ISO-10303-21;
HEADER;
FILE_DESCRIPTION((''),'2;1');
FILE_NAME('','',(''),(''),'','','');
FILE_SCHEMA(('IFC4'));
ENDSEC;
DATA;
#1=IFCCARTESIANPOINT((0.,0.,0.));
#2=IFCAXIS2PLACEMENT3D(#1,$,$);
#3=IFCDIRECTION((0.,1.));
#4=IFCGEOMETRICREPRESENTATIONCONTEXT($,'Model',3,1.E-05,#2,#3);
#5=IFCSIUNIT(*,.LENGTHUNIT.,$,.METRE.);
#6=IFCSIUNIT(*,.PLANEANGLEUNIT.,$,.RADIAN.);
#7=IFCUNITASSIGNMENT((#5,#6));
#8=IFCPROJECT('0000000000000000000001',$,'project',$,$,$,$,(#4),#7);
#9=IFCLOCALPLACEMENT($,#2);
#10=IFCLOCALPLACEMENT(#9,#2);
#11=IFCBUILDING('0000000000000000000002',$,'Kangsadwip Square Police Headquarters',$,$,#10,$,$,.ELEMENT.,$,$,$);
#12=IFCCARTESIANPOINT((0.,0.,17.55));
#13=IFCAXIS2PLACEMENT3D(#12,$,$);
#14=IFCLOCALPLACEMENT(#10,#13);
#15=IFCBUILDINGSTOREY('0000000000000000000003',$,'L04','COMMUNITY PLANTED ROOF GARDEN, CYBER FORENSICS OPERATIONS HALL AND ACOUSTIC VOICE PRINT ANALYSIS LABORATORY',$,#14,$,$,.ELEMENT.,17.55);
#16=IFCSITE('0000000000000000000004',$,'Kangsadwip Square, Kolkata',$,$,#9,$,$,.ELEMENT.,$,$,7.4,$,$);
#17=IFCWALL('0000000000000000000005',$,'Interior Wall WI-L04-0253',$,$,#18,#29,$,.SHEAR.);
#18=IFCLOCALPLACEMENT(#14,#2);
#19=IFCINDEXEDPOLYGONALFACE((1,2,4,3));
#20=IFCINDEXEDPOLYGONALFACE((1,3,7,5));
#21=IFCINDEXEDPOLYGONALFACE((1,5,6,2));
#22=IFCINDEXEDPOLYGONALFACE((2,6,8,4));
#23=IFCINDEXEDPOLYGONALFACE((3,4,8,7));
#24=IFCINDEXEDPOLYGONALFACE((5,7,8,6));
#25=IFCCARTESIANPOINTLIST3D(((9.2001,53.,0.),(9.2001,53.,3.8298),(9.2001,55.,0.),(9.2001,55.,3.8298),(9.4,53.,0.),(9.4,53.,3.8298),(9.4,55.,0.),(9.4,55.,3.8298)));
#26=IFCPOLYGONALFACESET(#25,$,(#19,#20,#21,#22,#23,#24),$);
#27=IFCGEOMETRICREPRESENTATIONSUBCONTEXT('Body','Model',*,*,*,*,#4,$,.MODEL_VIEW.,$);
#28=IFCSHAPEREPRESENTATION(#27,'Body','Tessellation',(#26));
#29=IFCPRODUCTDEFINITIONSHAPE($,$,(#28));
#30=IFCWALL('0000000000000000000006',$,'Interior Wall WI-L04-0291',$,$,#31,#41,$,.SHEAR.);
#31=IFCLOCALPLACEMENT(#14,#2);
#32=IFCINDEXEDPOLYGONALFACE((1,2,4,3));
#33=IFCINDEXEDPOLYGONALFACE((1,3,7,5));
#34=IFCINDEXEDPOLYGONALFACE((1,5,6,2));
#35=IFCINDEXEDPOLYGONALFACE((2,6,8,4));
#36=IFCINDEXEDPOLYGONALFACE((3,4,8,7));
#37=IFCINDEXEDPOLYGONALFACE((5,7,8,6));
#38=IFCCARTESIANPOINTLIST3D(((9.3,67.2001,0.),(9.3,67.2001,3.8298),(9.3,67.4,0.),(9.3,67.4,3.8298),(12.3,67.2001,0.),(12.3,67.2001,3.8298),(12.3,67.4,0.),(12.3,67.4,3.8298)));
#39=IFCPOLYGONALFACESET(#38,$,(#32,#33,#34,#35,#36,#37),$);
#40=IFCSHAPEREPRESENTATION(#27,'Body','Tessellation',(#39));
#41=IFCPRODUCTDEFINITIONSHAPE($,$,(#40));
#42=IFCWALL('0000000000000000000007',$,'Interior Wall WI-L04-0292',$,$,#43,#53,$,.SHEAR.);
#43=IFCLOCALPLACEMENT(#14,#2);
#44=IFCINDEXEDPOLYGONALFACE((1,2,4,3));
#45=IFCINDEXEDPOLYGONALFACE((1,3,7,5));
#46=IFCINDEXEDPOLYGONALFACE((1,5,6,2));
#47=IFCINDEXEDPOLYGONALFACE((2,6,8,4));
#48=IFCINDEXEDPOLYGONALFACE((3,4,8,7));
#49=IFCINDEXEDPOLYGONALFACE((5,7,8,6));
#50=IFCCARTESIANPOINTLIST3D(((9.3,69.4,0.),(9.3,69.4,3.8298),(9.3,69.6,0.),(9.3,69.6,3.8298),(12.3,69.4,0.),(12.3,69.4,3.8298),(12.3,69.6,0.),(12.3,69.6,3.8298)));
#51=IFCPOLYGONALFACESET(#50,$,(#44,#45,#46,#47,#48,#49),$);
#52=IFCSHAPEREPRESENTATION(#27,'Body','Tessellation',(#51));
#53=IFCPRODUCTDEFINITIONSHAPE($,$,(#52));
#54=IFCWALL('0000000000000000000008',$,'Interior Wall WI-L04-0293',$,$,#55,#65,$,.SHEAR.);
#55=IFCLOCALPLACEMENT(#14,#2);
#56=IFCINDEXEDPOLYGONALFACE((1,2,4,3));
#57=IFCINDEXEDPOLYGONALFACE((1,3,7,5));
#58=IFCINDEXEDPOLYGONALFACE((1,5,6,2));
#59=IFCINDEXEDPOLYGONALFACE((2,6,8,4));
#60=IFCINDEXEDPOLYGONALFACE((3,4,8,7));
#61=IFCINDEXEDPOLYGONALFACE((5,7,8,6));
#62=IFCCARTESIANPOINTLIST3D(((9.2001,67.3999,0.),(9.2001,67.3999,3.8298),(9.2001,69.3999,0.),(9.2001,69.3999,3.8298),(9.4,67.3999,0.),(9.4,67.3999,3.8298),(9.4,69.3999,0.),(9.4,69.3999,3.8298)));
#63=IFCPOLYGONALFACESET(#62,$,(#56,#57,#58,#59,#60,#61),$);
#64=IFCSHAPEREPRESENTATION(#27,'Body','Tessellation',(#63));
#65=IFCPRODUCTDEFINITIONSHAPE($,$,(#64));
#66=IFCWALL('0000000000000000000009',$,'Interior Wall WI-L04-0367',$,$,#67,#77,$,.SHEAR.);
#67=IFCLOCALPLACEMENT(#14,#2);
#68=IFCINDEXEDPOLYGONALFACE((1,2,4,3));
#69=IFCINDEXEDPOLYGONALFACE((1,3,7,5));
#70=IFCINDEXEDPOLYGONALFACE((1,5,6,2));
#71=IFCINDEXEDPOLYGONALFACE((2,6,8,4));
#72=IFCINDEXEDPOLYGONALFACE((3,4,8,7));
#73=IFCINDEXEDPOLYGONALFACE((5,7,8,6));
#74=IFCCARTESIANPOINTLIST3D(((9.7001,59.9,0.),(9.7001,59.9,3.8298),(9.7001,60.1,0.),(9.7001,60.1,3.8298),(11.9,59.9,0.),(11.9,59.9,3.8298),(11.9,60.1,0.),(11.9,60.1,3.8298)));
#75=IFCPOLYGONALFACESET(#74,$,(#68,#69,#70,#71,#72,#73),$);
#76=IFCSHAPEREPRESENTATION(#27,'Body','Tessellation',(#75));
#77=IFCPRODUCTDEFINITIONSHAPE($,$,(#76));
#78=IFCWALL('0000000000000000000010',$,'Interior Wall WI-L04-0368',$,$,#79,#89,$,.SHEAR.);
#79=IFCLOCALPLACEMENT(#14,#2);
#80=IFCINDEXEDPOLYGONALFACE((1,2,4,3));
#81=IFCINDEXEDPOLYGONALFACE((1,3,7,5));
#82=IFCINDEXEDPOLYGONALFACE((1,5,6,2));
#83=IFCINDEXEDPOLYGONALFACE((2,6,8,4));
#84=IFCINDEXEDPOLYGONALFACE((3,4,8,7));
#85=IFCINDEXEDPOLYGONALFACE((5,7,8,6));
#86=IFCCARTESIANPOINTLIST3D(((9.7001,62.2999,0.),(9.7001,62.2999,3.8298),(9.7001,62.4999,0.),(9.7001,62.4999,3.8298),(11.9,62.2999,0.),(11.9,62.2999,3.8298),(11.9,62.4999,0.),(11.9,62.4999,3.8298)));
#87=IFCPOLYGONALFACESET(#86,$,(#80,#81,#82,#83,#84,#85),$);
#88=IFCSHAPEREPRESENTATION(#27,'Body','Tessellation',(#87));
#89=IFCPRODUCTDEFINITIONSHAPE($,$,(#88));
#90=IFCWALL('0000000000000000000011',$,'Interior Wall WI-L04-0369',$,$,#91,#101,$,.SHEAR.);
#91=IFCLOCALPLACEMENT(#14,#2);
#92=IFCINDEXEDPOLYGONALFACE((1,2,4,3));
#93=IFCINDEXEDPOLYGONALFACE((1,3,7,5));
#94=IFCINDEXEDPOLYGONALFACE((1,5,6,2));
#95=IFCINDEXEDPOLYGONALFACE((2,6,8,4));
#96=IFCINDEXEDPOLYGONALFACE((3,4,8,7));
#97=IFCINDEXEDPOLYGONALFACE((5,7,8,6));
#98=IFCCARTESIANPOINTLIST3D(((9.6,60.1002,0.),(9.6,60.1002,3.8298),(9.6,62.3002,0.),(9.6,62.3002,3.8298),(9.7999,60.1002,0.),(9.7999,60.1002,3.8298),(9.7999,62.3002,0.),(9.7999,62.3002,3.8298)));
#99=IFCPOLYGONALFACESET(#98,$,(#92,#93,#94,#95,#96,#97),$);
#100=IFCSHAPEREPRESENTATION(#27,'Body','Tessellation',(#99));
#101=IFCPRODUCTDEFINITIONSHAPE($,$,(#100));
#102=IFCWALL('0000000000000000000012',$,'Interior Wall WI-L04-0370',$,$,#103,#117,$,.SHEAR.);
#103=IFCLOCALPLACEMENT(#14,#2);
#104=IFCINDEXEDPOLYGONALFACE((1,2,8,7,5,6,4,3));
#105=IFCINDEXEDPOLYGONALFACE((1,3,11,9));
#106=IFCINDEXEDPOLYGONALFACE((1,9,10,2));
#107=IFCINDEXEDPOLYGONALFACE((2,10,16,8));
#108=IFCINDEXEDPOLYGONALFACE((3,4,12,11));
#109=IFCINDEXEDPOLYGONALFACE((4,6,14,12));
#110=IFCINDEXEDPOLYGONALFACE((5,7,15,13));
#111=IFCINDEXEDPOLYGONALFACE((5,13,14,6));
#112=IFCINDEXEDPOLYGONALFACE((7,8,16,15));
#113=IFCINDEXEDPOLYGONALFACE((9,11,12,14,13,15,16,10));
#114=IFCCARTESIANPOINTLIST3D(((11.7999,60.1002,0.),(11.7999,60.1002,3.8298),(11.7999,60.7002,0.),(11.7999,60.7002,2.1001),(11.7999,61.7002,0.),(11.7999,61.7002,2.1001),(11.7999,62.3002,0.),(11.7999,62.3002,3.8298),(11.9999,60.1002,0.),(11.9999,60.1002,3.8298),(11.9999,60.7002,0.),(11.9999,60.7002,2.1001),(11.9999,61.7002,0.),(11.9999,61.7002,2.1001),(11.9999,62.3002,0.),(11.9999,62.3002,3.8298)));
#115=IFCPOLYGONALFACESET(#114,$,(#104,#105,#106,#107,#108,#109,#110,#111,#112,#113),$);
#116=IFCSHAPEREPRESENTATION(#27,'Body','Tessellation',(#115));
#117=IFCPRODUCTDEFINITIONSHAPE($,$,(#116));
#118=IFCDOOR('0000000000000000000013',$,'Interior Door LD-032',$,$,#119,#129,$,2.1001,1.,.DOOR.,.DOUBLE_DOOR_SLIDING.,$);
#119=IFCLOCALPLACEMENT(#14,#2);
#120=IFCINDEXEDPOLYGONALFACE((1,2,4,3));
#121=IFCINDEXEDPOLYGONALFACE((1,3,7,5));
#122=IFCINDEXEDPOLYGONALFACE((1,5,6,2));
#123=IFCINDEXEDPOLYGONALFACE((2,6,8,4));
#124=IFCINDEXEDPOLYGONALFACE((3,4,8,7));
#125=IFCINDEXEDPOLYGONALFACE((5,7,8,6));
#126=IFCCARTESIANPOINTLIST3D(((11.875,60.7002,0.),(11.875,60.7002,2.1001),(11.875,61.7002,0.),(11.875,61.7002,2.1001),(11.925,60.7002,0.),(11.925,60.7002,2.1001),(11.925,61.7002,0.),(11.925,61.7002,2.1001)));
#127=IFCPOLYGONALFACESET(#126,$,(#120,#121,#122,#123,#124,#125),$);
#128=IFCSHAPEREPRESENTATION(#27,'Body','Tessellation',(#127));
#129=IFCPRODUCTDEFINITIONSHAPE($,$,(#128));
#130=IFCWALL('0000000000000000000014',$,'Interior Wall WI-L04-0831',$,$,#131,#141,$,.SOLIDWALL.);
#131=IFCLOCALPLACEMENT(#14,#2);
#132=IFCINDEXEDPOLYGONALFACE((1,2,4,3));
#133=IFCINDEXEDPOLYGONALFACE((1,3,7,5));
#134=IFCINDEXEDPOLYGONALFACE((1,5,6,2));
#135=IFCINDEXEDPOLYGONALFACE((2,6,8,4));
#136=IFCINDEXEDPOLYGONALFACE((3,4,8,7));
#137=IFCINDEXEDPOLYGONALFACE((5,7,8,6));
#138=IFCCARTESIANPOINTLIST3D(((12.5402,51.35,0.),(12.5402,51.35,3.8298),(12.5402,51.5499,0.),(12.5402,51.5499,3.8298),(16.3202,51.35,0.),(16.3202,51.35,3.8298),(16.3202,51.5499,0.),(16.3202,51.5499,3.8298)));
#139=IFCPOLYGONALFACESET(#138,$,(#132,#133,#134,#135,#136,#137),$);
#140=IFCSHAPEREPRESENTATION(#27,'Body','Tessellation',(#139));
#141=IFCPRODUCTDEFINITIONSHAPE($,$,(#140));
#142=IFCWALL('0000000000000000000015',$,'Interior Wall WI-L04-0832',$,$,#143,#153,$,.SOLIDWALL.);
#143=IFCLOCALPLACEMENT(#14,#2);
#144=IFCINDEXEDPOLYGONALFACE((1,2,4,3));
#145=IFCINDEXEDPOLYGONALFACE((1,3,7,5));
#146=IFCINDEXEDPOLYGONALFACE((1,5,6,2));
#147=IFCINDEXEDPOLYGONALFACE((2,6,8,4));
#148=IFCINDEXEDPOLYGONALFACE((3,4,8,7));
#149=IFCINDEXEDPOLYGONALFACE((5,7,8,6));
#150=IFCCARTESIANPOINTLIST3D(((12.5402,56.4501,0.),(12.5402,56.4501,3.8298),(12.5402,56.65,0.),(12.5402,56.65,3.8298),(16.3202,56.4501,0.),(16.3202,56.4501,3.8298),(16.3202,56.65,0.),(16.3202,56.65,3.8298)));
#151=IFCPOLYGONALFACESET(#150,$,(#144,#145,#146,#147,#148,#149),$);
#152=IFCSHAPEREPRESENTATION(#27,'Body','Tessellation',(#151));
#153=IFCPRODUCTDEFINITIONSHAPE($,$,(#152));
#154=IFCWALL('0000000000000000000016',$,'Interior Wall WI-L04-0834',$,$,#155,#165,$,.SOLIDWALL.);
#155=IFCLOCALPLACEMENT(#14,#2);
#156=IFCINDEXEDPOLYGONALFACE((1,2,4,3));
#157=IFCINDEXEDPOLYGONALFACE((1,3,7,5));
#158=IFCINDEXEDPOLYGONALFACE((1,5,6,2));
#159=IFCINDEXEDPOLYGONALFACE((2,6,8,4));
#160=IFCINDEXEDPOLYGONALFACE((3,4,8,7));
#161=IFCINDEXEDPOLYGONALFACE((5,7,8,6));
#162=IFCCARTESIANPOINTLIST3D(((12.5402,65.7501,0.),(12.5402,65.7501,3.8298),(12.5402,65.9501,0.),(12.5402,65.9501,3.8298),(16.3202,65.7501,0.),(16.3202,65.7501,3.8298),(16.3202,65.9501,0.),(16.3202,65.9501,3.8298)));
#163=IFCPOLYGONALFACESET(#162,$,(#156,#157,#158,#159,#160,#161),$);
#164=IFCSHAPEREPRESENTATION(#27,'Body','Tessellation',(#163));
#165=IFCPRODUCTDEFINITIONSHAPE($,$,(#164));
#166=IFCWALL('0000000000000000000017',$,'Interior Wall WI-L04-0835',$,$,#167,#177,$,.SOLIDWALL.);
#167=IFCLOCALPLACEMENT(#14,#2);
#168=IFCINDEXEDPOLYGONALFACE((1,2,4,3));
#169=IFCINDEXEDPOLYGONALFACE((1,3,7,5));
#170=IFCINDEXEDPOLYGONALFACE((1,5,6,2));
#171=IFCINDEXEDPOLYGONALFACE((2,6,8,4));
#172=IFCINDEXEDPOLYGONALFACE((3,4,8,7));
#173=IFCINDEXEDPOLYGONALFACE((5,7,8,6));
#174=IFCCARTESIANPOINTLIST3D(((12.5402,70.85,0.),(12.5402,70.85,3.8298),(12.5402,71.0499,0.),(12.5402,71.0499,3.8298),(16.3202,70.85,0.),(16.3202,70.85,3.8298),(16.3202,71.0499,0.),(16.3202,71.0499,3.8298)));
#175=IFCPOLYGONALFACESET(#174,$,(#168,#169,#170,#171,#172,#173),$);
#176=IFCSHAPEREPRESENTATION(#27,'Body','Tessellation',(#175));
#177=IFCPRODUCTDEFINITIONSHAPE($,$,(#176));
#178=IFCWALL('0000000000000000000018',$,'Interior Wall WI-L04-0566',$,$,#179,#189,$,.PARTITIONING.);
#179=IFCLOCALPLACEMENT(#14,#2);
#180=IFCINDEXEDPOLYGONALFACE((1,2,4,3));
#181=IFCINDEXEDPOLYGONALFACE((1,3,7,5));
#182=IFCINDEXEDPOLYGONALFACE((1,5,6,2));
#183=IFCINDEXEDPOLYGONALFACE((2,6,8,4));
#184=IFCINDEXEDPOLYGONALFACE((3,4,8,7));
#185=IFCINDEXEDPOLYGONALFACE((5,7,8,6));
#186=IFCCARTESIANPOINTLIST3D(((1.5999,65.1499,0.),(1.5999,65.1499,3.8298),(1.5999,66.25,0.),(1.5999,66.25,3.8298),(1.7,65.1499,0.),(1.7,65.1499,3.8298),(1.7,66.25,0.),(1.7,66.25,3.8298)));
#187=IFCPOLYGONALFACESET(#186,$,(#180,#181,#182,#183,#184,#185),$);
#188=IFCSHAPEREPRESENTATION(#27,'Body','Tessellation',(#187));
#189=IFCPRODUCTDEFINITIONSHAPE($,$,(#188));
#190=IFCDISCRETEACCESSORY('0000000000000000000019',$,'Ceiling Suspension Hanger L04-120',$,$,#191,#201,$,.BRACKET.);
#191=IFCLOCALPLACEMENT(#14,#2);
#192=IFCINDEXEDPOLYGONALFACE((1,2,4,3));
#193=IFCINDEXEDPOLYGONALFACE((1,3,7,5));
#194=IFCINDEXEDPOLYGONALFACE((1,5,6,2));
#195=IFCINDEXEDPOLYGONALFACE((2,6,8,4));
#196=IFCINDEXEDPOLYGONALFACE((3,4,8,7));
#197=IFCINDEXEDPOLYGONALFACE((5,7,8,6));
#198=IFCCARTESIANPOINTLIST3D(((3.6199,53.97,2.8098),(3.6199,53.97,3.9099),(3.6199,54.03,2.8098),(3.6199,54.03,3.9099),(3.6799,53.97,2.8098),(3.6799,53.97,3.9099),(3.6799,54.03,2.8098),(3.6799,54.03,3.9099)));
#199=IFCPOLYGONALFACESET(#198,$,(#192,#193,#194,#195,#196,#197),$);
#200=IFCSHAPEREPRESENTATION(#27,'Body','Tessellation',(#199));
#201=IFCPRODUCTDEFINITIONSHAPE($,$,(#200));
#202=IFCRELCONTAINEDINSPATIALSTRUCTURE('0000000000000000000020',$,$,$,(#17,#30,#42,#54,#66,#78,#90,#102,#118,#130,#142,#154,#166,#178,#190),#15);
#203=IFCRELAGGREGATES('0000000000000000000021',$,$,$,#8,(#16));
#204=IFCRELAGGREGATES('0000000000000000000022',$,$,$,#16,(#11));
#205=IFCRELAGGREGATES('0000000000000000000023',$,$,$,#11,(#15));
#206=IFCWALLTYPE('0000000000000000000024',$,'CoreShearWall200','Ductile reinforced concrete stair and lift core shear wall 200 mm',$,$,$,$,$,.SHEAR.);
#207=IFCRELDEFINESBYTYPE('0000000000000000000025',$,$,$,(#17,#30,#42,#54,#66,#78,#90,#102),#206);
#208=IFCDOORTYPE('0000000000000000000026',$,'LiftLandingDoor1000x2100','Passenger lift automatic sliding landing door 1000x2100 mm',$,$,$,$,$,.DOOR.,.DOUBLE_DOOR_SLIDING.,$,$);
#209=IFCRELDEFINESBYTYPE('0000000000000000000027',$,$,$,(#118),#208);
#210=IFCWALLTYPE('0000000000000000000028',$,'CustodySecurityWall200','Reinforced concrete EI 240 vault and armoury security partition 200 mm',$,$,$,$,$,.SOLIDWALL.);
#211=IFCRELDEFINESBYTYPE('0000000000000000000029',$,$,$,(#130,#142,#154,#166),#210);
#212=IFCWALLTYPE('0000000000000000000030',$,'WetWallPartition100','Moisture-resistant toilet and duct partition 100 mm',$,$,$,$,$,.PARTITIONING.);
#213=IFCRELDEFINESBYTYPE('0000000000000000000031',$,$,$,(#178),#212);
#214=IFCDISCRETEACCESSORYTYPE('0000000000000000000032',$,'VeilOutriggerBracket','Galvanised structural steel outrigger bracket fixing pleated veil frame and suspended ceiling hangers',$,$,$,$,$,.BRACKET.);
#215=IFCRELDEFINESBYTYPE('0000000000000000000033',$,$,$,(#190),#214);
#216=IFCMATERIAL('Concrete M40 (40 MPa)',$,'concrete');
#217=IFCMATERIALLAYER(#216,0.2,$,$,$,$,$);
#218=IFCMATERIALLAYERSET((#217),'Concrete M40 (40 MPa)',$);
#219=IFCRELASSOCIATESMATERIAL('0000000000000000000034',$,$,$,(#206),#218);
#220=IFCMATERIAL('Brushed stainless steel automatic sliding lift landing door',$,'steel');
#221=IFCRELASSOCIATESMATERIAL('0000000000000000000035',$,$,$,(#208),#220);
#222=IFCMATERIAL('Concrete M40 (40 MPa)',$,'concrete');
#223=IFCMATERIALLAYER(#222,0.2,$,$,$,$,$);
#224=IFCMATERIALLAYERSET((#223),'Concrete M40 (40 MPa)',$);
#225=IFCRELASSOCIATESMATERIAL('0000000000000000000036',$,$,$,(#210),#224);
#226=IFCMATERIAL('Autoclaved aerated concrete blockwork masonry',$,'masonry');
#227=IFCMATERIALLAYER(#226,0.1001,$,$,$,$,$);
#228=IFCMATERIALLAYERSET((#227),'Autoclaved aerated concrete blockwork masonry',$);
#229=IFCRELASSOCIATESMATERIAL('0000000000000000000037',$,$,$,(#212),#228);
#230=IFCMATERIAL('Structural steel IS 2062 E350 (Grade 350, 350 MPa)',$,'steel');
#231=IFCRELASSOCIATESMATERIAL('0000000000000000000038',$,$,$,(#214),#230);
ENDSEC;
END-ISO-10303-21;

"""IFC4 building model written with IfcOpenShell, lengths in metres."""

from ifc_helpers import new_model, si_unit, direction, frame, frame_2d, origin, origin_2d, place, context, subcontext, project, spatial, rectangle, extrude, material, layer, layer_set, type_object, element, fill, save


model = new_model("IFC4")

# Units and contexts
model_context = context("Model", 3, precision=1e-05, world=origin(), true_north=direction((0.0, 1.0)))
body_context = subcontext(model_context, "Body", "Model", "MODEL_VIEW")
ifc_project = project(units=[si_unit("LENGTHUNIT", "METRE"), si_unit("PLANEANGLEUNIT", "RADIAN")], contexts=[model_context])

# Site, building, storey
site_placement = place(None, origin())
site = spatial("IfcSite", under=ifc_project, at=site_placement, Name="Kangsadwip Square, Kolkata", CompositionType="ELEMENT", RefElevation=7.4)
building_placement = place(site_placement, origin())
building = spatial("IfcBuilding", under=site, at=building_placement, Name="Kangsadwip Square Police Headquarters", CompositionType="ELEMENT")
storey_placement = place(building_placement, frame((0.0, 0.0, 17.55)))
storey = spatial("IfcBuildingStorey", under=building, at=storey_placement, Name="L04", Description="COMMUNITY PLANTED ROOF GARDEN, CYBER FORENSICS OPERATIONS HALL AND ACOUSTIC VOICE PRINT ANALYSIS LABORATORY", CompositionType="ELEMENT", Elevation=17.55)

# Shared definitions
ifc_material_1 = material(Name="Concrete M40 (40 MPa)", Category="concrete")
ifc_layer_1 = layer(ifc_material_1, 0.2)
ifc_layer_set_1 = layer_set([ifc_layer_1], Name="Concrete M40 (40 MPa)")
wall_type_1 = type_object("IfcWallType", Name="CoreShearWall200", Description="Ductile reinforced concrete stair and lift core shear wall 200 mm", PredefinedType="SHEAR", material=ifc_layer_set_1)

# Wall
wall_1_placement = place(storey_placement, frame((9.3, 53.0, 0.0), z_axis=(0.0, 0.0, 1.0), x_axis=(0.0, 1.0, 0.0)))
element("IfcWall", 1, at=wall_1_placement, inside=storey, type_object=wall_type_1, Name="Interior Wall WI-L04-0253", PredefinedType="SHEAR", context=body_context, shape_type="SweptSolid", body=[
    extrude(rectangle(XDim=2.0, YDim=0.2, at=frame_2d((1.0, 0.0))), origin(), (0.0, 0.0, 1.0), 3.8298),
])

# Walls
for number, where, z_axis, x_axis, name in (
    (2, (9.3, 67.3, 0.0), (0.0, 0.0, 1.0), (1.0, 0.0, 0.0), "Interior Wall WI-L04-0291"),
    (3, (9.3, 69.5, 0.0), (0.0, 0.0, 1.0), (1.0, 0.0, 0.0), "Interior Wall WI-L04-0292"),
):
    element("IfcWall", number, at=place(storey_placement, frame(where, z_axis=z_axis, x_axis=x_axis)), inside=storey, type_object=wall_type_1, Name=name, PredefinedType="SHEAR", context=body_context, shape_type="SweptSolid", body=[
        extrude(rectangle(XDim=3.0, YDim=0.2, at=frame_2d((1.5, 0.0))), origin(), (0.0, 0.0, 1.0), 3.8298),
    ])
wall_2_placement = place(storey_placement, frame((9.3, 67.3999, 0.0), z_axis=(0.0, 0.0, 1.0), x_axis=(0.0, 1.0, 0.0)))
element("IfcWall", 4, at=wall_2_placement, inside=storey, type_object=wall_type_1, Name="Interior Wall WI-L04-0293", PredefinedType="SHEAR", context=body_context, shape_type="SweptSolid", body=[
    extrude(rectangle(XDim=2.0, YDim=0.2, at=frame_2d((1.0, 0.0))), origin(), (0.0, 0.0, 1.0), 3.8298),
])

# Walls
for number, where, z_axis, x_axis, name in (
    (5, (9.7, 60.0, 0.0), (0.0, 0.0, 1.0), (1.0, 0.0, 0.0), "Interior Wall WI-L04-0367"),
    (6, (9.7, 62.3999, 0.0), (0.0, 0.0, 1.0), (1.0, 0.0, 0.0), "Interior Wall WI-L04-0368"),
    (7, (9.7, 60.1001, 0.0), (0.0, 0.0, 1.0), (0.0, 1.0, 0.0), "Interior Wall WI-L04-0369"),
):
    element("IfcWall", number, at=place(storey_placement, frame(where, z_axis=z_axis, x_axis=x_axis)), inside=storey, type_object=wall_type_1, Name=name, PredefinedType="SHEAR", context=body_context, shape_type="SweptSolid", body=[
        extrude(rectangle(XDim=2.2, YDim=0.2, at=frame_2d((1.1001, 0.0))), origin(), (0.0, 0.0, 1.0), 3.8298),
    ])

# Wall, opening, door
wall_3_placement = place(storey_placement, frame((11.8999, 60.1001, 0.0), z_axis=(0.0, 0.0, 1.0), x_axis=(0.0, 1.0, 0.0)))
wall_3 = element("IfcWall", 8, at=wall_3_placement, inside=storey, type_object=wall_type_1, Name="Interior Wall WI-L04-0370", PredefinedType="SHEAR", context=body_context, shape_type="SweptSolid", body=[
    extrude(rectangle(XDim=2.2, YDim=0.2, at=frame_2d((1.1001, 0.0))), origin(), (0.0, 0.0, 1.0), 3.8298),
])
opening_1_placement = place(wall_3_placement, frame((0.6001, 0.0, 0.0)))
opening_1 = element("IfcOpeningElement", 9, at=opening_1_placement, cuts=wall_3, PredefinedType="OPENING", context=body_context, shape_type="SweptSolid", body=[
    extrude(rectangle(XDim=1.0, YDim=2.1001, at=frame_2d((0.5, 1.05))), frame((0.0, 0.1099, 0.0), z_axis=(0.0, -1.0, 0.0), x_axis=(1.0, 0.0, 0.0)), (0.0, 0.0, 1.0), 0.22),
])
ifc_material_2 = material(Name="Brushed stainless steel automatic sliding lift landing door", Category="steel")
door_type_1 = type_object("IfcDoorType", Name="LiftLandingDoor1000x2100", Description="Passenger lift automatic sliding landing door 1000x2100 mm", OperationType="DOUBLE_DOOR_SLIDING", PredefinedType="DOOR", material=ifc_material_2)
door_1_placement = place(opening_1_placement, origin())
door_1 = element("IfcDoor", 10, at=door_1_placement, inside=storey, type_object=door_type_1, Name="Interior Door LD-032", OperationType="DOUBLE_DOOR_SLIDING", OverallHeight=2.1001, OverallWidth=1.0, PredefinedType="DOOR", context=body_context, shape_type="SweptSolid", body=[
    extrude(rectangle(XDim=1.0, YDim=2.1001, at=frame_2d((0.5, 1.05))), frame((0.0, 0.0249, 0.0), z_axis=(0.0, -1.0, 0.0), x_axis=(1.0, 0.0, 0.0)), (0.0, 0.0, 1.0), 0.05),
])
fill(opening_1, door_1)

# Walls
ifc_material_3 = material(Name="Concrete M40 (40 MPa)", Category="concrete")
ifc_layer_2 = layer(ifc_material_3, 0.2)
ifc_layer_set_2 = layer_set([ifc_layer_2], Name="Concrete M40 (40 MPa)")
wall_type_2 = type_object("IfcWallType", Name="CustodySecurityWall200", Description="Reinforced concrete EI 240 vault and armoury security partition 200 mm", PredefinedType="SOLIDWALL", material=ifc_layer_set_2)
for number, where, z_axis, x_axis, name in (
    (11, (12.54, 51.45, 0.0), (0.0, 0.0, 1.0), (1.0, 0.0, 0.0), "Interior Wall WI-L04-0831"),
    (12, (12.54, 56.55, 0.0), (0.0, 0.0, 1.0), (1.0, 0.0, 0.0), "Interior Wall WI-L04-0832"),
    (13, (12.54, 65.8501, 0.0), (0.0, 0.0, 1.0), (1.0, 0.0, 0.0), "Interior Wall WI-L04-0834"),
    (14, (12.54, 70.95, 0.0), (0.0, 0.0, 1.0), (1.0, 0.0, 0.0), "Interior Wall WI-L04-0835"),
):
    element("IfcWall", number, at=place(storey_placement, frame(where, z_axis=z_axis, x_axis=x_axis)), inside=storey, type_object=wall_type_2, Name=name, PredefinedType="SOLIDWALL", context=body_context, shape_type="SweptSolid", body=[
        extrude(rectangle(XDim=3.78, YDim=0.2, at=frame_2d((1.8901, 0.0))), origin(), (0.0, 0.0, 1.0), 3.8298),
    ])
ifc_material_4 = material(Name="Autoclaved aerated concrete blockwork masonry", Category="masonry")
ifc_layer_3 = layer(ifc_material_4, 0.1001)
ifc_layer_set_3 = layer_set([ifc_layer_3], Name="Autoclaved aerated concrete blockwork masonry")
wall_type_3 = type_object("IfcWallType", Name="WetWallPartition100", Description="Moisture-resistant toilet and duct partition 100 mm", PredefinedType="PARTITIONING", material=ifc_layer_set_3)
wall_4_placement = place(storey_placement, frame((1.6499, 65.1499, 0.0), z_axis=(0.0, 0.0, 1.0), x_axis=(0.0, 1.0, 0.0)))
element("IfcWall", 15, at=wall_4_placement, inside=storey, type_object=wall_type_3, Name="Interior Wall WI-L04-0566", PredefinedType="PARTITIONING", context=body_context, shape_type="SweptSolid", body=[
    extrude(rectangle(XDim=1.1001, YDim=0.1001, at=frame_2d((0.55, 0.0))), origin(), (0.0, 0.0, 1.0), 3.8298),
])

# Discrete accessory
ifc_material_5 = material(Name="Structural steel IS 2062 E350 (Grade 350, 350 MPa)", Category="steel")
discrete_accessory_type = type_object("IfcDiscreteAccessoryType", Name="VeilOutriggerBracket", Description="Galvanised structural steel outrigger bracket fixing pleated veil frame and suspended ceiling hangers", PredefinedType="BRACKET", material=ifc_material_5)
for number, where, z_axis, x_axis, name in (
    (16, (3.6499, 54.0, 2.8098), (0.0, 0.0, 1.0), (1.0, 0.0, 0.0), "Ceiling Suspension Hanger L04-120"),
):
    element("IfcDiscreteAccessory", number, at=place(storey_placement, frame(where, z_axis=z_axis, x_axis=x_axis)), inside=storey, type_object=discrete_accessory_type, Name=name, PredefinedType="BRACKET", context=body_context, shape_type="SweptSolid", body=[
        extrude(rectangle(XDim=0.0601, YDim=0.0601, at=origin_2d()), origin(), (0.0, 0.0, 1.0), 1.1001),
    ])

save(model, "model.ifc")
